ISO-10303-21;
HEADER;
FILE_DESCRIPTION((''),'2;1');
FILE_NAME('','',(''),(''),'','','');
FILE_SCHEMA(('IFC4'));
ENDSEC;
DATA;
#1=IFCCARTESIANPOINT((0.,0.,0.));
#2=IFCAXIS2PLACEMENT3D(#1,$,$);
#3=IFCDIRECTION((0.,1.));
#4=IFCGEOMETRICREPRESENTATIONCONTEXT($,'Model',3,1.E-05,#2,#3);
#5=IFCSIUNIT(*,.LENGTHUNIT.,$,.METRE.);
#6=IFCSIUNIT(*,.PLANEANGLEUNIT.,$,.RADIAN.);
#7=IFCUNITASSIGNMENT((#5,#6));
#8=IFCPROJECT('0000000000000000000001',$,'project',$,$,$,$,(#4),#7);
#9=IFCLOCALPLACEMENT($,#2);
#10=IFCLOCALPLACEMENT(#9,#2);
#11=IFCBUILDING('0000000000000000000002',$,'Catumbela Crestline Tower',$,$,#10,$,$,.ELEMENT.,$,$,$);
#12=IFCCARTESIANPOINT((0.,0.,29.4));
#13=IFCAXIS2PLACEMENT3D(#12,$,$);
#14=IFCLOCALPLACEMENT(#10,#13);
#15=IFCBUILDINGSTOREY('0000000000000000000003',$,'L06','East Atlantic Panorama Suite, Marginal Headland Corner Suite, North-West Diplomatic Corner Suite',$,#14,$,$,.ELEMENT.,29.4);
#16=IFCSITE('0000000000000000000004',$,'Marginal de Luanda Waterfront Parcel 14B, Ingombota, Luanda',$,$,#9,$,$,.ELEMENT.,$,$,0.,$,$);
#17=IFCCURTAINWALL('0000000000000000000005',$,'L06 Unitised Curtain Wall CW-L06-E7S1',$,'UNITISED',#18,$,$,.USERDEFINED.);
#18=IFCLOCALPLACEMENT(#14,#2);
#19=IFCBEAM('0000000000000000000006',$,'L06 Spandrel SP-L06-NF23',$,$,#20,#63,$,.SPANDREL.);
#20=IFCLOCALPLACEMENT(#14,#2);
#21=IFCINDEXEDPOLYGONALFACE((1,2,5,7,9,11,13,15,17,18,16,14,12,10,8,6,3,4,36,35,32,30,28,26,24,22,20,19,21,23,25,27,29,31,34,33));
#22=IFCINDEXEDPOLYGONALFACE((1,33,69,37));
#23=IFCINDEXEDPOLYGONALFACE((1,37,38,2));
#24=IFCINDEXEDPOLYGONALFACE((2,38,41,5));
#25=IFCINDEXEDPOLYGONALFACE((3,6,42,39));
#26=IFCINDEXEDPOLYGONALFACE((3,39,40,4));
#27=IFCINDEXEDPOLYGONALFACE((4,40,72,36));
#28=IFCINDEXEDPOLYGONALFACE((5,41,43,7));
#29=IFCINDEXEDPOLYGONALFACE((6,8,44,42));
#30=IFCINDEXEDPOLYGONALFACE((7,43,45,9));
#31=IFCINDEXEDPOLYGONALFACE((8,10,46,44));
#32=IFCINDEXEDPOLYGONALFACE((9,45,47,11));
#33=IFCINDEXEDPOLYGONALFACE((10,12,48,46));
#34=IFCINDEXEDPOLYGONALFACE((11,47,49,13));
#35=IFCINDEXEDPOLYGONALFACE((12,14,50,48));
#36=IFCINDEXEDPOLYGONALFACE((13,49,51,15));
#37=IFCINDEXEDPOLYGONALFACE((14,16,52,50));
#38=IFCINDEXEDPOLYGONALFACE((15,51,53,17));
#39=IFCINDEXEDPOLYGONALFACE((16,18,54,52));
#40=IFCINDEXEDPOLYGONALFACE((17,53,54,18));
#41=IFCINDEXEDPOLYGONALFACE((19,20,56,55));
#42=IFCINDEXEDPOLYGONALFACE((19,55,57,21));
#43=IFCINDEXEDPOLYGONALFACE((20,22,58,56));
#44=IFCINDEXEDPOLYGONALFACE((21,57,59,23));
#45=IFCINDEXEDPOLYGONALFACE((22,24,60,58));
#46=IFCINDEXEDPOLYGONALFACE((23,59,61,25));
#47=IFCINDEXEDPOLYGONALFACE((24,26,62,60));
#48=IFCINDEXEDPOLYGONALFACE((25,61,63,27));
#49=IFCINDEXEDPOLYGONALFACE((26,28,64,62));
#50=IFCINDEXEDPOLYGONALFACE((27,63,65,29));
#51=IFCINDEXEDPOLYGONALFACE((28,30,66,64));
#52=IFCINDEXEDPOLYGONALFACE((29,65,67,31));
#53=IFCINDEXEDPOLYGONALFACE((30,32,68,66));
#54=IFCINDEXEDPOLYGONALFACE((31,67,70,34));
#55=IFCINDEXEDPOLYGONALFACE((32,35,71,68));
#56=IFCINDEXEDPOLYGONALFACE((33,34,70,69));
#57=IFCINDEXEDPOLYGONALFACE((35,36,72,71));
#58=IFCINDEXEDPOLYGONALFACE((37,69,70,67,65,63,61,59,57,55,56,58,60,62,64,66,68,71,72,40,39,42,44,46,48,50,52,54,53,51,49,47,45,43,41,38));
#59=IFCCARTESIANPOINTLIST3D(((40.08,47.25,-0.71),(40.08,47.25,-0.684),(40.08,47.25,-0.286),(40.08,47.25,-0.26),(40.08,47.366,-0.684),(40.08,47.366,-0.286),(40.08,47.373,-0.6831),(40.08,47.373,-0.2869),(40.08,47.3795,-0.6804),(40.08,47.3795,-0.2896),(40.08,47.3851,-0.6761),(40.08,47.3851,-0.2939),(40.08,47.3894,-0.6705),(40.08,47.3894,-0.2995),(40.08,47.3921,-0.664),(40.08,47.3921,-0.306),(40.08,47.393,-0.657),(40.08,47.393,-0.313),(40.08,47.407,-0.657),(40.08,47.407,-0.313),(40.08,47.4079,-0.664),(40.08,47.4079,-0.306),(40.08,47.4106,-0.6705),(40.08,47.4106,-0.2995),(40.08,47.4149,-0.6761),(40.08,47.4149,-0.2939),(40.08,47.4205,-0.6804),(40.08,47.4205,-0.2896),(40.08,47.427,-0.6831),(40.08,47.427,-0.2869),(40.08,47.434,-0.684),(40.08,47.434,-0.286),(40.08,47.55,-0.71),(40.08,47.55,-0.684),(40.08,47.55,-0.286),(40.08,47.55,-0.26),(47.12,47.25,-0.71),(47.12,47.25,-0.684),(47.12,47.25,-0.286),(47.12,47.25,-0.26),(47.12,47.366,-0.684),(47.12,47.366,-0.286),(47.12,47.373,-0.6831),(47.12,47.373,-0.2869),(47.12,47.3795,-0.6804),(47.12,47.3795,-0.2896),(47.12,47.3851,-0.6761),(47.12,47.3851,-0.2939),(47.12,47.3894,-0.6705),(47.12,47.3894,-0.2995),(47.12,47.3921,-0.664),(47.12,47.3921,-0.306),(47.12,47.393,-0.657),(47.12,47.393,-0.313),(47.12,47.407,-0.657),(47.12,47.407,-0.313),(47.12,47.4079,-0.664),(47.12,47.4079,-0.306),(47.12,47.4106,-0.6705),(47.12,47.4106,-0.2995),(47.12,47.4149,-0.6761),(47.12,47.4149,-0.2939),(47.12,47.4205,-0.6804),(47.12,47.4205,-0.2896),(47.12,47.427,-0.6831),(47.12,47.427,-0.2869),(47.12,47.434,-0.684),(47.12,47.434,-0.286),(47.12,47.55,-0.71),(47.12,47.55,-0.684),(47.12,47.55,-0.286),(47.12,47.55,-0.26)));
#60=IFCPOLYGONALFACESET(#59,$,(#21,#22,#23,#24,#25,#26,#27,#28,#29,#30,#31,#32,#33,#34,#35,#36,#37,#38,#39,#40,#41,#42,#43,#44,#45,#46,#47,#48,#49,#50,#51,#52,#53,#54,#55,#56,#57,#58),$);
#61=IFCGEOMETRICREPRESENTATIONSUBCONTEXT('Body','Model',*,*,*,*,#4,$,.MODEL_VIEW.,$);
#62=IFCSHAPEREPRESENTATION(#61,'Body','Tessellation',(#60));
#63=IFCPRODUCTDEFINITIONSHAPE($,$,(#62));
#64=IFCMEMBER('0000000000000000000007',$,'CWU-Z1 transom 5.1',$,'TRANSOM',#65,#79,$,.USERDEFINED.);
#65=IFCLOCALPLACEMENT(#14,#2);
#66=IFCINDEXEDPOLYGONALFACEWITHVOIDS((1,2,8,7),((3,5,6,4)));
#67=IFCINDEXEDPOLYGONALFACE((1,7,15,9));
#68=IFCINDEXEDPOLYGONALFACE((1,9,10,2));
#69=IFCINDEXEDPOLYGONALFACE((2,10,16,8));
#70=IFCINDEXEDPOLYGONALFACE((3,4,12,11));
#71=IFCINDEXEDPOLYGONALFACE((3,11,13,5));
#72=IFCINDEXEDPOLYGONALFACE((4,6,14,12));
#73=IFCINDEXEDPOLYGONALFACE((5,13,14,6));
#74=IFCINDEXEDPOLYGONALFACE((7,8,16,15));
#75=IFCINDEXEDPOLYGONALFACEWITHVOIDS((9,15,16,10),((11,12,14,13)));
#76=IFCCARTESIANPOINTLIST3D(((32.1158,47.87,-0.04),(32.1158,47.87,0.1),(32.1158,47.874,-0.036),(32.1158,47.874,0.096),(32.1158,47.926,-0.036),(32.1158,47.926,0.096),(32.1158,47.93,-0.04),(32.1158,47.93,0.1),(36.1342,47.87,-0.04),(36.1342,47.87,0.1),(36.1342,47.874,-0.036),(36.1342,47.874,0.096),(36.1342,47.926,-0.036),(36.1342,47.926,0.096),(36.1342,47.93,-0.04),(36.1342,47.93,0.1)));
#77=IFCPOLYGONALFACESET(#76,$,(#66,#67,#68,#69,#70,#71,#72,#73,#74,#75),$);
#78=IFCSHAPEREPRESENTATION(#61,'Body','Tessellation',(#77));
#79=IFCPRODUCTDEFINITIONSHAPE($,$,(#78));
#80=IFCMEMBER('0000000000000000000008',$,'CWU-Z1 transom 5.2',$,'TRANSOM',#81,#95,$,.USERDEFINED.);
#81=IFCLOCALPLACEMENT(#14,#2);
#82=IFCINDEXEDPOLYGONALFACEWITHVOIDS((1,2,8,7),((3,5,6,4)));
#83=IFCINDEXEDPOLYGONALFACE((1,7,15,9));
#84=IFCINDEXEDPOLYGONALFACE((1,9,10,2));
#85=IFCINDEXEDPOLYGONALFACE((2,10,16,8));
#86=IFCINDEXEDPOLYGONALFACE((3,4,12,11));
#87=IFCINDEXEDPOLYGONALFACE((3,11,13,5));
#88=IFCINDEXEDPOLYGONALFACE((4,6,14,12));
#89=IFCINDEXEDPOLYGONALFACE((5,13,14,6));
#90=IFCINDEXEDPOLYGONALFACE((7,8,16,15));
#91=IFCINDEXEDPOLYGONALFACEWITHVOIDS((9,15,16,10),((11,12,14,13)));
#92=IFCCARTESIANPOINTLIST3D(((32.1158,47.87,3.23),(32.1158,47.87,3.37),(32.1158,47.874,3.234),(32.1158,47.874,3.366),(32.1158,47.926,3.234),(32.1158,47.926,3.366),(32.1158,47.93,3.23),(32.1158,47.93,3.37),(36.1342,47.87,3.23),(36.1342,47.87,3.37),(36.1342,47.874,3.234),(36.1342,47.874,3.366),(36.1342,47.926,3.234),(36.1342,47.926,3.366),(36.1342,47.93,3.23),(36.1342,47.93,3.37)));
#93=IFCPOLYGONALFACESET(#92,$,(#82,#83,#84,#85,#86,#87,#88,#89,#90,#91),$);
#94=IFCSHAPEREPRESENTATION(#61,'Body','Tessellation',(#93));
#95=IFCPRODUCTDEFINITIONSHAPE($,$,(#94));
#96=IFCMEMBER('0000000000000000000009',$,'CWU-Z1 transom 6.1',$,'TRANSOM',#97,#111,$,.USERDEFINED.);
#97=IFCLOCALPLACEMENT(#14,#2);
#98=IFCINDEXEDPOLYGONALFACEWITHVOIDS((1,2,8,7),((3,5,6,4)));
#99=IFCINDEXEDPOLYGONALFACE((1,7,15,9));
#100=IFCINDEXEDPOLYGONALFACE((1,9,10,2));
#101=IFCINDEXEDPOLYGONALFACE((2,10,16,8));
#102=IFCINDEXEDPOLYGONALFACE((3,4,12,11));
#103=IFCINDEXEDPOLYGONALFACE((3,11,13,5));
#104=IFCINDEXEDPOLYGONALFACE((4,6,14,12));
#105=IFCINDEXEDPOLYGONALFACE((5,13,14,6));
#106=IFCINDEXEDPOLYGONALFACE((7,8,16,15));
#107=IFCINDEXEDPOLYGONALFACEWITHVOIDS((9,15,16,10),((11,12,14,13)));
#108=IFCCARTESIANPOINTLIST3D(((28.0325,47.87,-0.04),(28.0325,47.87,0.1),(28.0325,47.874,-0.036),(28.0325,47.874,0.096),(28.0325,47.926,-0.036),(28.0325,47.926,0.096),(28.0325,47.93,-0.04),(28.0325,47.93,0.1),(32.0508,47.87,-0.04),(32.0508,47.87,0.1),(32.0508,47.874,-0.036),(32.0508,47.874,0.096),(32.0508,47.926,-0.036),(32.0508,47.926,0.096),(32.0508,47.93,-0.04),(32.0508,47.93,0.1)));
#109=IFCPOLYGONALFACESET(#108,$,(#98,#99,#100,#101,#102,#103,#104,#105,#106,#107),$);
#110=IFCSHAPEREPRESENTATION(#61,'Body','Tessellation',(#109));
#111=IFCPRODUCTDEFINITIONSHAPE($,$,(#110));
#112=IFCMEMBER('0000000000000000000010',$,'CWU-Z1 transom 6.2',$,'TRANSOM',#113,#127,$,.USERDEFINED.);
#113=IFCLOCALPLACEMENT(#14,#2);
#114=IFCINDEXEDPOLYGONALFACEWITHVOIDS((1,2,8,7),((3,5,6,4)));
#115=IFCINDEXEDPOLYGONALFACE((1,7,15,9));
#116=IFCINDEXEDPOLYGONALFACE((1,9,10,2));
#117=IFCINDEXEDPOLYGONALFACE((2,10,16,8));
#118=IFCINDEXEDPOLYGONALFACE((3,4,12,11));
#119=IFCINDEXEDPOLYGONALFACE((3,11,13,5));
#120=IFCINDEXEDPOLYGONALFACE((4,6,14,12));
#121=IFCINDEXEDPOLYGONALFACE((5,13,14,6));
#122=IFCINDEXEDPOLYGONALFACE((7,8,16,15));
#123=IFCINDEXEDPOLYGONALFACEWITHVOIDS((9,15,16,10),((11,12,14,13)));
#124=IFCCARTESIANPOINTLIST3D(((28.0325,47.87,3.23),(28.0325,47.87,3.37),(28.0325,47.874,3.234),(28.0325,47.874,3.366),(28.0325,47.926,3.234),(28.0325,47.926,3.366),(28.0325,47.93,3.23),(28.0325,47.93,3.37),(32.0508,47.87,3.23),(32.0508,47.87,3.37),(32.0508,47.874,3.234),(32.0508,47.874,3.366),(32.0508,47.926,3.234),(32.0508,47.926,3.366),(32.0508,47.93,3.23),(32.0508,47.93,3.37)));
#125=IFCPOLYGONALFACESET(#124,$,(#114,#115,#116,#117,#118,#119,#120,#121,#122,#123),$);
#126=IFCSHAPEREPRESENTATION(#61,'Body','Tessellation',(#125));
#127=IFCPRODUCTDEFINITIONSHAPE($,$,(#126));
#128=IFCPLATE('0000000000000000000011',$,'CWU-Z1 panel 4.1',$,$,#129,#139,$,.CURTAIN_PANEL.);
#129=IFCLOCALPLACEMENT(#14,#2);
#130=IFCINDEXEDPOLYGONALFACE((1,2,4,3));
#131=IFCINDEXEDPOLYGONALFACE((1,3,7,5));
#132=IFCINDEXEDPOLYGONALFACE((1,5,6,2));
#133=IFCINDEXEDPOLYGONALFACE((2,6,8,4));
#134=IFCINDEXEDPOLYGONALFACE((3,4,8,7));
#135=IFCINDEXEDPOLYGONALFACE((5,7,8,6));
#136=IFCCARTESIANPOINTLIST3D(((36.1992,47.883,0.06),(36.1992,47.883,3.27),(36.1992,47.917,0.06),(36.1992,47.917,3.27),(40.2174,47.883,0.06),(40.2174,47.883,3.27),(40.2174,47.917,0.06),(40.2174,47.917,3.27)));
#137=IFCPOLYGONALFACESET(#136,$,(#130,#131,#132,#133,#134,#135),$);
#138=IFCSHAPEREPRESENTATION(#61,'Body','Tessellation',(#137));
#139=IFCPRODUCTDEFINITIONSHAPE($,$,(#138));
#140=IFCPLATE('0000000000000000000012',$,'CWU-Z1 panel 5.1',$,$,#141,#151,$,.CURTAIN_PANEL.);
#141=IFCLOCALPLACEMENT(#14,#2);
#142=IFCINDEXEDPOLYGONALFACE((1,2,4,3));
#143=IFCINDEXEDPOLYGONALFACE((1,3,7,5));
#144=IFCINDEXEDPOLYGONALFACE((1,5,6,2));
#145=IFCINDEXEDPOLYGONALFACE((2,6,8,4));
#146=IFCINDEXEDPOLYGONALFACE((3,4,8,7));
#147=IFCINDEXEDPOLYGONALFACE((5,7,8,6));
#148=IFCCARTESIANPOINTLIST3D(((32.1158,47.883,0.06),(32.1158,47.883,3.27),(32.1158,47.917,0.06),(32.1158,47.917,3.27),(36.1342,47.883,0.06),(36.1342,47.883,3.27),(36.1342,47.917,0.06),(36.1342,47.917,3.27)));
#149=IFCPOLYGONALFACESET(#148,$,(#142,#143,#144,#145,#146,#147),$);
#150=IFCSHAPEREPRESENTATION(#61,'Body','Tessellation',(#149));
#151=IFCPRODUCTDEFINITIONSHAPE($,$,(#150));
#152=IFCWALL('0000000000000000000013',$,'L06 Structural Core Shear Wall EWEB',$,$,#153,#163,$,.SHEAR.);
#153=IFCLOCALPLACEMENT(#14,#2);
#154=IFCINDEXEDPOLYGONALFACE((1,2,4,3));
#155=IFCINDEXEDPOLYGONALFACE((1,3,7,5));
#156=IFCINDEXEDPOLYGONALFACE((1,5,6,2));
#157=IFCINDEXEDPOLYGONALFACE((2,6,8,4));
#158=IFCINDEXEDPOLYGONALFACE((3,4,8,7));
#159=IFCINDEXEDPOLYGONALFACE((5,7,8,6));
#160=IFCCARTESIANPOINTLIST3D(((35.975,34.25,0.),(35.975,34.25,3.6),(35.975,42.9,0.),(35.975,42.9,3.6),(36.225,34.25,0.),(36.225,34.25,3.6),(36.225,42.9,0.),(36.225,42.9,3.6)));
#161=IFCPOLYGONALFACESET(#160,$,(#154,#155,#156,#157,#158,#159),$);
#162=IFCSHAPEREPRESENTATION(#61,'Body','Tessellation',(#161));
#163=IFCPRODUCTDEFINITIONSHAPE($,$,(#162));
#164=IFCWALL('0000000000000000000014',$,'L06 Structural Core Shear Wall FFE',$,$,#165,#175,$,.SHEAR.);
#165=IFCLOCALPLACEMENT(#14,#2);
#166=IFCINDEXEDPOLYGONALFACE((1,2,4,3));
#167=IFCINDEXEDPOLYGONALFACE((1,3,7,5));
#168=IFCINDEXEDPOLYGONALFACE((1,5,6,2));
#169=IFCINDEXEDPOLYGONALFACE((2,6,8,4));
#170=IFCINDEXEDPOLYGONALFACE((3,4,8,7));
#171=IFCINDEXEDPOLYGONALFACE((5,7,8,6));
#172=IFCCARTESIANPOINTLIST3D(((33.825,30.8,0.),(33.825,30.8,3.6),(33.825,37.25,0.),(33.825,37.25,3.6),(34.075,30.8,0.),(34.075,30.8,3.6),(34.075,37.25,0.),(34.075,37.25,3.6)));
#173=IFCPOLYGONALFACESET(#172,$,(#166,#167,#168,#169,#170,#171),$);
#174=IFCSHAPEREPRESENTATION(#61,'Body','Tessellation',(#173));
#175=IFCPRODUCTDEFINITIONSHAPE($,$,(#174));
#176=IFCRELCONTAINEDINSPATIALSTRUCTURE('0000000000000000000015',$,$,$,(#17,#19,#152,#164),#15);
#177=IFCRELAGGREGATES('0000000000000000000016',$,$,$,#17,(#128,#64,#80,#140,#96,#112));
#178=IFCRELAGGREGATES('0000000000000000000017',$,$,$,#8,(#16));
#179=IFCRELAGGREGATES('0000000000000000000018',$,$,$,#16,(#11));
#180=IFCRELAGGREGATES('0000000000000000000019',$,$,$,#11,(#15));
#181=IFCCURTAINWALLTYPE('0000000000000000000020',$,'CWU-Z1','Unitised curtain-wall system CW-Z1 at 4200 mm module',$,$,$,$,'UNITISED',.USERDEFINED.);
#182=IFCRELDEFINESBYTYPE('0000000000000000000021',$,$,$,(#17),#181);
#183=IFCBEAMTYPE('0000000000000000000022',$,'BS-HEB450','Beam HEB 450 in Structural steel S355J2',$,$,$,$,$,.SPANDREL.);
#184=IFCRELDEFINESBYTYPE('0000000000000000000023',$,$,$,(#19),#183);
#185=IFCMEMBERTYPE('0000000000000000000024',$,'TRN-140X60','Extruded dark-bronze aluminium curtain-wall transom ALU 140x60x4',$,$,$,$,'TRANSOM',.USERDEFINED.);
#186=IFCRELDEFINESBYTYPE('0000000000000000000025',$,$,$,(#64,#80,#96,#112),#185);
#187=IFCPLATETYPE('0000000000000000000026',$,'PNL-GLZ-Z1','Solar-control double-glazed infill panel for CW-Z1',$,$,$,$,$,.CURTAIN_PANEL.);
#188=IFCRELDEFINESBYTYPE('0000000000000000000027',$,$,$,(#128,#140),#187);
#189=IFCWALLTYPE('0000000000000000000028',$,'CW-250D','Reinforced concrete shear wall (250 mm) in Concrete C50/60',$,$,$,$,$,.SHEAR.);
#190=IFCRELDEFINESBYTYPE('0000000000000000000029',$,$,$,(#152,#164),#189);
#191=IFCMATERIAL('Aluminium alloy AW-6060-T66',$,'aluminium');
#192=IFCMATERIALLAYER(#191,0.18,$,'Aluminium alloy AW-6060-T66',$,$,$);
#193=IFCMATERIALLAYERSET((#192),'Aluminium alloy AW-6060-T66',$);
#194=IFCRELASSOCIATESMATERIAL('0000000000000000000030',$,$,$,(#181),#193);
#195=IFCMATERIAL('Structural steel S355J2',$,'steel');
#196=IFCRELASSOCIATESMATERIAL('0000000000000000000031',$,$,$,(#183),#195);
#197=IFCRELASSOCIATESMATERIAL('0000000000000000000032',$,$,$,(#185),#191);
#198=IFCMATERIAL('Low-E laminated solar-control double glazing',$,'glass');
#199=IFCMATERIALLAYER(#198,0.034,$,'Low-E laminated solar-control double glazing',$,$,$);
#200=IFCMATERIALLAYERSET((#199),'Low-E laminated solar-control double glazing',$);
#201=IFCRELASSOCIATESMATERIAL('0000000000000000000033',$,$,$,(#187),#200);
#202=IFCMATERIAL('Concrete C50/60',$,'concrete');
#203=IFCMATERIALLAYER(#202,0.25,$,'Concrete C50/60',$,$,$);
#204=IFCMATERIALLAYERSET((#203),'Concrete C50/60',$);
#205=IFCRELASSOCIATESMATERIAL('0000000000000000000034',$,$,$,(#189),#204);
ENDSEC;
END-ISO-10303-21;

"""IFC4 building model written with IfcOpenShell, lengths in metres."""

from ifc_helpers import new_model, si_unit, direction, frame, frame_2d, origin, origin_2d, place, context, subcontext, project, spatial, rectangle, hollow_rectangle, i_section, extrude, material, layer, layer_set, material_profile, profile_set, type_object, element, aggregate, save


model = new_model("IFC4")

# Units and contexts
model_context = context("Model", 3, precision=1e-05, world=origin(), true_north=direction((0.0, 1.0)))
body_context = subcontext(model_context, "Body", "Model", "MODEL_VIEW")
ifc_project = project(units=[si_unit("LENGTHUNIT", "METRE"), si_unit("PLANEANGLEUNIT", "RADIAN")], contexts=[model_context])

# Site, building, storey
site_placement = place(None, origin())
site = spatial("IfcSite", under=ifc_project, at=site_placement, Name="Marginal de Luanda Waterfront Parcel 14B, Ingombota, Luanda", CompositionType="ELEMENT", RefElevation=0.0)
building_placement = place(site_placement, origin())
building = spatial("IfcBuilding", under=site, at=building_placement, Name="Catumbela Crestline Tower", CompositionType="ELEMENT")
storey_placement = place(building_placement, frame((0.0, 0.0, 29.4)))
storey = spatial("IfcBuildingStorey", under=building, at=storey_placement, Name="L06", Description="East Atlantic Panorama Suite, Marginal Headland Corner Suite, North-West Diplomatic Corner Suite", CompositionType="ELEMENT", Elevation=29.4)

# Shared definitions
ifc_material_1 = material(Name="Structural steel S355J2", Category="steel")

# Curtain wall
ifc_material_2 = material(Name="Aluminium alloy AW-6060-T66", Category="aluminium")
ifc_layer_1 = layer(ifc_material_2, 0.18, Name="Aluminium alloy AW-6060-T66")
ifc_layer_set_1 = layer_set([ifc_layer_1], Name="Aluminium alloy AW-6060-T66")
curtain_wall_type = type_object("IfcCurtainWallType", Name="CWU-Z1", Description="Unitised curtain-wall system CW-Z1 at 4200 mm module", ElementType="UNITISED", PredefinedType="USERDEFINED", material=ifc_layer_set_1)
curtain_wall_placement = place(storey_placement, origin())
curtain_wall = element("IfcCurtainWall", 1, at=curtain_wall_placement, inside=storey, type_object=curtain_wall_type, Name="L06 Unitised Curtain Wall CW-L06-E7S1", ObjectType="UNITISED", PredefinedType="USERDEFINED")

# Beam
ifc_material_profile_1 = material_profile(ifc_material_1, i_section(OverallWidth=0.3, OverallDepth=0.45, WebThickness=0.014, FlangeThickness=0.026, FilletRadius=0.027, at=origin_2d()), Name="HEB 450")
ifc_profile_set_1 = profile_set([ifc_material_profile_1], Name="Structural steel S355J2")
beam_type_1 = type_object("IfcBeamType", Name="BS-HEB450", Description="Beam HEB 450 in Structural steel S355J2", PredefinedType="SPANDREL", material=ifc_profile_set_1)
beam_1_placement = place(storey_placement, frame((40.08, 47.4, -0.485), z_axis=(1.0, 0.0, 0.0), x_axis=(0.0, 1.0, 0.0)))
element("IfcBeam", 2, at=beam_1_placement, inside=storey, type_object=beam_type_1, Name="L06 Spandrel SP-L06-NF23", PredefinedType="SPANDREL", context=body_context, shape_type="SweptSolid", body=[
    extrude(i_section(OverallWidth=0.3, OverallDepth=0.45, WebThickness=0.014, FlangeThickness=0.026, FilletRadius=0.027, at=origin_2d()), origin(), (0.0, 0.0, 1.0), 7.04),
])

# Members
ifc_material_profile_2 = material_profile(ifc_material_2, hollow_rectangle(XDim=0.06, YDim=0.14, WallThickness=0.004, at=origin_2d()), Name="ALU 140x60x4")
ifc_profile_set_2 = profile_set([ifc_material_profile_2], Name="Aluminium alloy AW-6060-T66")
member_type_1 = type_object("IfcMemberType", Name="TRN-140X60", Description="Extruded dark-bronze aluminium curtain-wall transom ALU 140x60x4", ElementType="TRANSOM", PredefinedType="USERDEFINED", material=ifc_profile_set_2)
member_1_placement = place(storey_placement, frame((36.1342, 47.9, 0.03), z_axis=(-1.0, 0.0, 0.0), x_axis=(0.0, -1.0, 0.0)))
member_1 = element("IfcMember", 3, at=member_1_placement, type_object=member_type_1, Name="CWU-Z1 transom 5.1", ObjectType="TRANSOM", PredefinedType="USERDEFINED", context=body_context, shape_type="SweptSolid", body=[
    extrude(hollow_rectangle(XDim=0.06, YDim=0.14, WallThickness=0.004, at=origin_2d()), origin(), (0.0, 0.0, 1.0), 4.0184),
])
member_2_placement = place(storey_placement, frame((36.1342, 47.9, 3.3), z_axis=(-1.0, 0.0, 0.0), x_axis=(0.0, -1.0, 0.0)))
member_2 = element("IfcMember", 4, at=member_2_placement, type_object=member_type_1, Name="CWU-Z1 transom 5.2", ObjectType="TRANSOM", PredefinedType="USERDEFINED", context=body_context, shape_type="SweptSolid", body=[
    extrude(hollow_rectangle(XDim=0.06, YDim=0.14, WallThickness=0.004, at=origin_2d()), origin(), (0.0, 0.0, 1.0), 4.0184),
])
member_3_placement = place(storey_placement, frame((32.0508, 47.9, 0.03), z_axis=(-1.0, 0.0, 0.0), x_axis=(0.0, -1.0, 0.0)))
member_3 = element("IfcMember", 5, at=member_3_placement, type_object=member_type_1, Name="CWU-Z1 transom 6.1", ObjectType="TRANSOM", PredefinedType="USERDEFINED", context=body_context, shape_type="SweptSolid", body=[
    extrude(hollow_rectangle(XDim=0.06, YDim=0.14, WallThickness=0.004, at=origin_2d()), origin(), (0.0, 0.0, 1.0), 4.0183),
])
member_4_placement = place(storey_placement, frame((32.0508, 47.9, 3.3), z_axis=(-1.0, 0.0, 0.0), x_axis=(0.0, -1.0, 0.0)))
member_4 = element("IfcMember", 6, at=member_4_placement, type_object=member_type_1, Name="CWU-Z1 transom 6.2", ObjectType="TRANSOM", PredefinedType="USERDEFINED", context=body_context, shape_type="SweptSolid", body=[
    extrude(hollow_rectangle(XDim=0.06, YDim=0.14, WallThickness=0.004, at=origin_2d()), origin(), (0.0, 0.0, 1.0), 4.0183),
])

# Plates
ifc_material_3 = material(Name="Low-E laminated solar-control double glazing", Category="glass")
ifc_layer_2 = layer(ifc_material_3, 0.034, Name="Low-E laminated solar-control double glazing")
ifc_layer_set_2 = layer_set([ifc_layer_2], Name="Low-E laminated solar-control double glazing")
plate_type = type_object("IfcPlateType", Name="PNL-GLZ-Z1", Description="Solar-control double-glazed infill panel for CW-Z1", PredefinedType="CURTAIN_PANEL", material=ifc_layer_set_2)
plate_1_placement = place(storey_placement, frame((38.2083, 47.9, 0.06), z_axis=(0.0, 0.0, 1.0), x_axis=(-1.0, 0.0, 0.0)))
plate_1 = element("IfcPlate", 7, at=plate_1_placement, type_object=plate_type, Name="CWU-Z1 panel 4.1", PredefinedType="CURTAIN_PANEL", context=body_context, shape_type="SweptSolid", body=[
    extrude(rectangle(XDim=4.0183, YDim=0.034, at=origin_2d()), origin(), (0.0, 0.0, 1.0), 3.21),
])
plate_2_placement = place(storey_placement, frame((34.125, 47.9, 0.06), z_axis=(0.0, 0.0, 1.0), x_axis=(-1.0, 0.0, 0.0)))
plate_2 = element("IfcPlate", 8, at=plate_2_placement, type_object=plate_type, Name="CWU-Z1 panel 5.1", PredefinedType="CURTAIN_PANEL", context=body_context, shape_type="SweptSolid", body=[
    extrude(rectangle(XDim=4.0183, YDim=0.034, at=origin_2d()), origin(), (0.0, 0.0, 1.0), 3.21),
])
aggregate(curtain_wall, [plate_1, member_1, member_2, plate_2, member_3, member_4])

# Walls
ifc_material_4 = material(Name="Concrete C50/60", Category="concrete")
ifc_layer_3 = layer(ifc_material_4, 0.25, Name="Concrete C50/60")
ifc_layer_set_3 = layer_set([ifc_layer_3], Name="Concrete C50/60")
wall_type_1 = type_object("IfcWallType", Name="CW-250D", Description="Reinforced concrete shear wall (250 mm) in Concrete C50/60", PredefinedType="SHEAR", material=ifc_layer_set_3)
wall_1_placement = place(storey_placement, frame((36.1, 34.25, 0.0), z_axis=(0.0, 0.0, 1.0), x_axis=(0.0, 1.0, 0.0)))
element("IfcWall", 9, at=wall_1_placement, inside=storey, type_object=wall_type_1, Name="L06 Structural Core Shear Wall EWEB", PredefinedType="SHEAR", context=body_context, shape_type="SweptSolid", body=[
    extrude(rectangle(XDim=8.65, YDim=0.25, at=frame_2d((4.325, 0.0))), origin(), (0.0, 0.0, 1.0), 3.6),
])
wall_2_placement = place(storey_placement, frame((33.95, 30.8, 0.0), z_axis=(0.0, 0.0, 1.0), x_axis=(0.0, 1.0, 0.0)))
element("IfcWall", 10, at=wall_2_placement, inside=storey, type_object=wall_type_1, Name="L06 Structural Core Shear Wall FFE", PredefinedType="SHEAR", context=body_context, shape_type="SweptSolid", body=[
    extrude(rectangle(XDim=6.45, YDim=0.25, at=frame_2d((3.225, 0.0))), origin(), (0.0, 0.0, 1.0), 3.6),
])

save(model, "model.ifc")
